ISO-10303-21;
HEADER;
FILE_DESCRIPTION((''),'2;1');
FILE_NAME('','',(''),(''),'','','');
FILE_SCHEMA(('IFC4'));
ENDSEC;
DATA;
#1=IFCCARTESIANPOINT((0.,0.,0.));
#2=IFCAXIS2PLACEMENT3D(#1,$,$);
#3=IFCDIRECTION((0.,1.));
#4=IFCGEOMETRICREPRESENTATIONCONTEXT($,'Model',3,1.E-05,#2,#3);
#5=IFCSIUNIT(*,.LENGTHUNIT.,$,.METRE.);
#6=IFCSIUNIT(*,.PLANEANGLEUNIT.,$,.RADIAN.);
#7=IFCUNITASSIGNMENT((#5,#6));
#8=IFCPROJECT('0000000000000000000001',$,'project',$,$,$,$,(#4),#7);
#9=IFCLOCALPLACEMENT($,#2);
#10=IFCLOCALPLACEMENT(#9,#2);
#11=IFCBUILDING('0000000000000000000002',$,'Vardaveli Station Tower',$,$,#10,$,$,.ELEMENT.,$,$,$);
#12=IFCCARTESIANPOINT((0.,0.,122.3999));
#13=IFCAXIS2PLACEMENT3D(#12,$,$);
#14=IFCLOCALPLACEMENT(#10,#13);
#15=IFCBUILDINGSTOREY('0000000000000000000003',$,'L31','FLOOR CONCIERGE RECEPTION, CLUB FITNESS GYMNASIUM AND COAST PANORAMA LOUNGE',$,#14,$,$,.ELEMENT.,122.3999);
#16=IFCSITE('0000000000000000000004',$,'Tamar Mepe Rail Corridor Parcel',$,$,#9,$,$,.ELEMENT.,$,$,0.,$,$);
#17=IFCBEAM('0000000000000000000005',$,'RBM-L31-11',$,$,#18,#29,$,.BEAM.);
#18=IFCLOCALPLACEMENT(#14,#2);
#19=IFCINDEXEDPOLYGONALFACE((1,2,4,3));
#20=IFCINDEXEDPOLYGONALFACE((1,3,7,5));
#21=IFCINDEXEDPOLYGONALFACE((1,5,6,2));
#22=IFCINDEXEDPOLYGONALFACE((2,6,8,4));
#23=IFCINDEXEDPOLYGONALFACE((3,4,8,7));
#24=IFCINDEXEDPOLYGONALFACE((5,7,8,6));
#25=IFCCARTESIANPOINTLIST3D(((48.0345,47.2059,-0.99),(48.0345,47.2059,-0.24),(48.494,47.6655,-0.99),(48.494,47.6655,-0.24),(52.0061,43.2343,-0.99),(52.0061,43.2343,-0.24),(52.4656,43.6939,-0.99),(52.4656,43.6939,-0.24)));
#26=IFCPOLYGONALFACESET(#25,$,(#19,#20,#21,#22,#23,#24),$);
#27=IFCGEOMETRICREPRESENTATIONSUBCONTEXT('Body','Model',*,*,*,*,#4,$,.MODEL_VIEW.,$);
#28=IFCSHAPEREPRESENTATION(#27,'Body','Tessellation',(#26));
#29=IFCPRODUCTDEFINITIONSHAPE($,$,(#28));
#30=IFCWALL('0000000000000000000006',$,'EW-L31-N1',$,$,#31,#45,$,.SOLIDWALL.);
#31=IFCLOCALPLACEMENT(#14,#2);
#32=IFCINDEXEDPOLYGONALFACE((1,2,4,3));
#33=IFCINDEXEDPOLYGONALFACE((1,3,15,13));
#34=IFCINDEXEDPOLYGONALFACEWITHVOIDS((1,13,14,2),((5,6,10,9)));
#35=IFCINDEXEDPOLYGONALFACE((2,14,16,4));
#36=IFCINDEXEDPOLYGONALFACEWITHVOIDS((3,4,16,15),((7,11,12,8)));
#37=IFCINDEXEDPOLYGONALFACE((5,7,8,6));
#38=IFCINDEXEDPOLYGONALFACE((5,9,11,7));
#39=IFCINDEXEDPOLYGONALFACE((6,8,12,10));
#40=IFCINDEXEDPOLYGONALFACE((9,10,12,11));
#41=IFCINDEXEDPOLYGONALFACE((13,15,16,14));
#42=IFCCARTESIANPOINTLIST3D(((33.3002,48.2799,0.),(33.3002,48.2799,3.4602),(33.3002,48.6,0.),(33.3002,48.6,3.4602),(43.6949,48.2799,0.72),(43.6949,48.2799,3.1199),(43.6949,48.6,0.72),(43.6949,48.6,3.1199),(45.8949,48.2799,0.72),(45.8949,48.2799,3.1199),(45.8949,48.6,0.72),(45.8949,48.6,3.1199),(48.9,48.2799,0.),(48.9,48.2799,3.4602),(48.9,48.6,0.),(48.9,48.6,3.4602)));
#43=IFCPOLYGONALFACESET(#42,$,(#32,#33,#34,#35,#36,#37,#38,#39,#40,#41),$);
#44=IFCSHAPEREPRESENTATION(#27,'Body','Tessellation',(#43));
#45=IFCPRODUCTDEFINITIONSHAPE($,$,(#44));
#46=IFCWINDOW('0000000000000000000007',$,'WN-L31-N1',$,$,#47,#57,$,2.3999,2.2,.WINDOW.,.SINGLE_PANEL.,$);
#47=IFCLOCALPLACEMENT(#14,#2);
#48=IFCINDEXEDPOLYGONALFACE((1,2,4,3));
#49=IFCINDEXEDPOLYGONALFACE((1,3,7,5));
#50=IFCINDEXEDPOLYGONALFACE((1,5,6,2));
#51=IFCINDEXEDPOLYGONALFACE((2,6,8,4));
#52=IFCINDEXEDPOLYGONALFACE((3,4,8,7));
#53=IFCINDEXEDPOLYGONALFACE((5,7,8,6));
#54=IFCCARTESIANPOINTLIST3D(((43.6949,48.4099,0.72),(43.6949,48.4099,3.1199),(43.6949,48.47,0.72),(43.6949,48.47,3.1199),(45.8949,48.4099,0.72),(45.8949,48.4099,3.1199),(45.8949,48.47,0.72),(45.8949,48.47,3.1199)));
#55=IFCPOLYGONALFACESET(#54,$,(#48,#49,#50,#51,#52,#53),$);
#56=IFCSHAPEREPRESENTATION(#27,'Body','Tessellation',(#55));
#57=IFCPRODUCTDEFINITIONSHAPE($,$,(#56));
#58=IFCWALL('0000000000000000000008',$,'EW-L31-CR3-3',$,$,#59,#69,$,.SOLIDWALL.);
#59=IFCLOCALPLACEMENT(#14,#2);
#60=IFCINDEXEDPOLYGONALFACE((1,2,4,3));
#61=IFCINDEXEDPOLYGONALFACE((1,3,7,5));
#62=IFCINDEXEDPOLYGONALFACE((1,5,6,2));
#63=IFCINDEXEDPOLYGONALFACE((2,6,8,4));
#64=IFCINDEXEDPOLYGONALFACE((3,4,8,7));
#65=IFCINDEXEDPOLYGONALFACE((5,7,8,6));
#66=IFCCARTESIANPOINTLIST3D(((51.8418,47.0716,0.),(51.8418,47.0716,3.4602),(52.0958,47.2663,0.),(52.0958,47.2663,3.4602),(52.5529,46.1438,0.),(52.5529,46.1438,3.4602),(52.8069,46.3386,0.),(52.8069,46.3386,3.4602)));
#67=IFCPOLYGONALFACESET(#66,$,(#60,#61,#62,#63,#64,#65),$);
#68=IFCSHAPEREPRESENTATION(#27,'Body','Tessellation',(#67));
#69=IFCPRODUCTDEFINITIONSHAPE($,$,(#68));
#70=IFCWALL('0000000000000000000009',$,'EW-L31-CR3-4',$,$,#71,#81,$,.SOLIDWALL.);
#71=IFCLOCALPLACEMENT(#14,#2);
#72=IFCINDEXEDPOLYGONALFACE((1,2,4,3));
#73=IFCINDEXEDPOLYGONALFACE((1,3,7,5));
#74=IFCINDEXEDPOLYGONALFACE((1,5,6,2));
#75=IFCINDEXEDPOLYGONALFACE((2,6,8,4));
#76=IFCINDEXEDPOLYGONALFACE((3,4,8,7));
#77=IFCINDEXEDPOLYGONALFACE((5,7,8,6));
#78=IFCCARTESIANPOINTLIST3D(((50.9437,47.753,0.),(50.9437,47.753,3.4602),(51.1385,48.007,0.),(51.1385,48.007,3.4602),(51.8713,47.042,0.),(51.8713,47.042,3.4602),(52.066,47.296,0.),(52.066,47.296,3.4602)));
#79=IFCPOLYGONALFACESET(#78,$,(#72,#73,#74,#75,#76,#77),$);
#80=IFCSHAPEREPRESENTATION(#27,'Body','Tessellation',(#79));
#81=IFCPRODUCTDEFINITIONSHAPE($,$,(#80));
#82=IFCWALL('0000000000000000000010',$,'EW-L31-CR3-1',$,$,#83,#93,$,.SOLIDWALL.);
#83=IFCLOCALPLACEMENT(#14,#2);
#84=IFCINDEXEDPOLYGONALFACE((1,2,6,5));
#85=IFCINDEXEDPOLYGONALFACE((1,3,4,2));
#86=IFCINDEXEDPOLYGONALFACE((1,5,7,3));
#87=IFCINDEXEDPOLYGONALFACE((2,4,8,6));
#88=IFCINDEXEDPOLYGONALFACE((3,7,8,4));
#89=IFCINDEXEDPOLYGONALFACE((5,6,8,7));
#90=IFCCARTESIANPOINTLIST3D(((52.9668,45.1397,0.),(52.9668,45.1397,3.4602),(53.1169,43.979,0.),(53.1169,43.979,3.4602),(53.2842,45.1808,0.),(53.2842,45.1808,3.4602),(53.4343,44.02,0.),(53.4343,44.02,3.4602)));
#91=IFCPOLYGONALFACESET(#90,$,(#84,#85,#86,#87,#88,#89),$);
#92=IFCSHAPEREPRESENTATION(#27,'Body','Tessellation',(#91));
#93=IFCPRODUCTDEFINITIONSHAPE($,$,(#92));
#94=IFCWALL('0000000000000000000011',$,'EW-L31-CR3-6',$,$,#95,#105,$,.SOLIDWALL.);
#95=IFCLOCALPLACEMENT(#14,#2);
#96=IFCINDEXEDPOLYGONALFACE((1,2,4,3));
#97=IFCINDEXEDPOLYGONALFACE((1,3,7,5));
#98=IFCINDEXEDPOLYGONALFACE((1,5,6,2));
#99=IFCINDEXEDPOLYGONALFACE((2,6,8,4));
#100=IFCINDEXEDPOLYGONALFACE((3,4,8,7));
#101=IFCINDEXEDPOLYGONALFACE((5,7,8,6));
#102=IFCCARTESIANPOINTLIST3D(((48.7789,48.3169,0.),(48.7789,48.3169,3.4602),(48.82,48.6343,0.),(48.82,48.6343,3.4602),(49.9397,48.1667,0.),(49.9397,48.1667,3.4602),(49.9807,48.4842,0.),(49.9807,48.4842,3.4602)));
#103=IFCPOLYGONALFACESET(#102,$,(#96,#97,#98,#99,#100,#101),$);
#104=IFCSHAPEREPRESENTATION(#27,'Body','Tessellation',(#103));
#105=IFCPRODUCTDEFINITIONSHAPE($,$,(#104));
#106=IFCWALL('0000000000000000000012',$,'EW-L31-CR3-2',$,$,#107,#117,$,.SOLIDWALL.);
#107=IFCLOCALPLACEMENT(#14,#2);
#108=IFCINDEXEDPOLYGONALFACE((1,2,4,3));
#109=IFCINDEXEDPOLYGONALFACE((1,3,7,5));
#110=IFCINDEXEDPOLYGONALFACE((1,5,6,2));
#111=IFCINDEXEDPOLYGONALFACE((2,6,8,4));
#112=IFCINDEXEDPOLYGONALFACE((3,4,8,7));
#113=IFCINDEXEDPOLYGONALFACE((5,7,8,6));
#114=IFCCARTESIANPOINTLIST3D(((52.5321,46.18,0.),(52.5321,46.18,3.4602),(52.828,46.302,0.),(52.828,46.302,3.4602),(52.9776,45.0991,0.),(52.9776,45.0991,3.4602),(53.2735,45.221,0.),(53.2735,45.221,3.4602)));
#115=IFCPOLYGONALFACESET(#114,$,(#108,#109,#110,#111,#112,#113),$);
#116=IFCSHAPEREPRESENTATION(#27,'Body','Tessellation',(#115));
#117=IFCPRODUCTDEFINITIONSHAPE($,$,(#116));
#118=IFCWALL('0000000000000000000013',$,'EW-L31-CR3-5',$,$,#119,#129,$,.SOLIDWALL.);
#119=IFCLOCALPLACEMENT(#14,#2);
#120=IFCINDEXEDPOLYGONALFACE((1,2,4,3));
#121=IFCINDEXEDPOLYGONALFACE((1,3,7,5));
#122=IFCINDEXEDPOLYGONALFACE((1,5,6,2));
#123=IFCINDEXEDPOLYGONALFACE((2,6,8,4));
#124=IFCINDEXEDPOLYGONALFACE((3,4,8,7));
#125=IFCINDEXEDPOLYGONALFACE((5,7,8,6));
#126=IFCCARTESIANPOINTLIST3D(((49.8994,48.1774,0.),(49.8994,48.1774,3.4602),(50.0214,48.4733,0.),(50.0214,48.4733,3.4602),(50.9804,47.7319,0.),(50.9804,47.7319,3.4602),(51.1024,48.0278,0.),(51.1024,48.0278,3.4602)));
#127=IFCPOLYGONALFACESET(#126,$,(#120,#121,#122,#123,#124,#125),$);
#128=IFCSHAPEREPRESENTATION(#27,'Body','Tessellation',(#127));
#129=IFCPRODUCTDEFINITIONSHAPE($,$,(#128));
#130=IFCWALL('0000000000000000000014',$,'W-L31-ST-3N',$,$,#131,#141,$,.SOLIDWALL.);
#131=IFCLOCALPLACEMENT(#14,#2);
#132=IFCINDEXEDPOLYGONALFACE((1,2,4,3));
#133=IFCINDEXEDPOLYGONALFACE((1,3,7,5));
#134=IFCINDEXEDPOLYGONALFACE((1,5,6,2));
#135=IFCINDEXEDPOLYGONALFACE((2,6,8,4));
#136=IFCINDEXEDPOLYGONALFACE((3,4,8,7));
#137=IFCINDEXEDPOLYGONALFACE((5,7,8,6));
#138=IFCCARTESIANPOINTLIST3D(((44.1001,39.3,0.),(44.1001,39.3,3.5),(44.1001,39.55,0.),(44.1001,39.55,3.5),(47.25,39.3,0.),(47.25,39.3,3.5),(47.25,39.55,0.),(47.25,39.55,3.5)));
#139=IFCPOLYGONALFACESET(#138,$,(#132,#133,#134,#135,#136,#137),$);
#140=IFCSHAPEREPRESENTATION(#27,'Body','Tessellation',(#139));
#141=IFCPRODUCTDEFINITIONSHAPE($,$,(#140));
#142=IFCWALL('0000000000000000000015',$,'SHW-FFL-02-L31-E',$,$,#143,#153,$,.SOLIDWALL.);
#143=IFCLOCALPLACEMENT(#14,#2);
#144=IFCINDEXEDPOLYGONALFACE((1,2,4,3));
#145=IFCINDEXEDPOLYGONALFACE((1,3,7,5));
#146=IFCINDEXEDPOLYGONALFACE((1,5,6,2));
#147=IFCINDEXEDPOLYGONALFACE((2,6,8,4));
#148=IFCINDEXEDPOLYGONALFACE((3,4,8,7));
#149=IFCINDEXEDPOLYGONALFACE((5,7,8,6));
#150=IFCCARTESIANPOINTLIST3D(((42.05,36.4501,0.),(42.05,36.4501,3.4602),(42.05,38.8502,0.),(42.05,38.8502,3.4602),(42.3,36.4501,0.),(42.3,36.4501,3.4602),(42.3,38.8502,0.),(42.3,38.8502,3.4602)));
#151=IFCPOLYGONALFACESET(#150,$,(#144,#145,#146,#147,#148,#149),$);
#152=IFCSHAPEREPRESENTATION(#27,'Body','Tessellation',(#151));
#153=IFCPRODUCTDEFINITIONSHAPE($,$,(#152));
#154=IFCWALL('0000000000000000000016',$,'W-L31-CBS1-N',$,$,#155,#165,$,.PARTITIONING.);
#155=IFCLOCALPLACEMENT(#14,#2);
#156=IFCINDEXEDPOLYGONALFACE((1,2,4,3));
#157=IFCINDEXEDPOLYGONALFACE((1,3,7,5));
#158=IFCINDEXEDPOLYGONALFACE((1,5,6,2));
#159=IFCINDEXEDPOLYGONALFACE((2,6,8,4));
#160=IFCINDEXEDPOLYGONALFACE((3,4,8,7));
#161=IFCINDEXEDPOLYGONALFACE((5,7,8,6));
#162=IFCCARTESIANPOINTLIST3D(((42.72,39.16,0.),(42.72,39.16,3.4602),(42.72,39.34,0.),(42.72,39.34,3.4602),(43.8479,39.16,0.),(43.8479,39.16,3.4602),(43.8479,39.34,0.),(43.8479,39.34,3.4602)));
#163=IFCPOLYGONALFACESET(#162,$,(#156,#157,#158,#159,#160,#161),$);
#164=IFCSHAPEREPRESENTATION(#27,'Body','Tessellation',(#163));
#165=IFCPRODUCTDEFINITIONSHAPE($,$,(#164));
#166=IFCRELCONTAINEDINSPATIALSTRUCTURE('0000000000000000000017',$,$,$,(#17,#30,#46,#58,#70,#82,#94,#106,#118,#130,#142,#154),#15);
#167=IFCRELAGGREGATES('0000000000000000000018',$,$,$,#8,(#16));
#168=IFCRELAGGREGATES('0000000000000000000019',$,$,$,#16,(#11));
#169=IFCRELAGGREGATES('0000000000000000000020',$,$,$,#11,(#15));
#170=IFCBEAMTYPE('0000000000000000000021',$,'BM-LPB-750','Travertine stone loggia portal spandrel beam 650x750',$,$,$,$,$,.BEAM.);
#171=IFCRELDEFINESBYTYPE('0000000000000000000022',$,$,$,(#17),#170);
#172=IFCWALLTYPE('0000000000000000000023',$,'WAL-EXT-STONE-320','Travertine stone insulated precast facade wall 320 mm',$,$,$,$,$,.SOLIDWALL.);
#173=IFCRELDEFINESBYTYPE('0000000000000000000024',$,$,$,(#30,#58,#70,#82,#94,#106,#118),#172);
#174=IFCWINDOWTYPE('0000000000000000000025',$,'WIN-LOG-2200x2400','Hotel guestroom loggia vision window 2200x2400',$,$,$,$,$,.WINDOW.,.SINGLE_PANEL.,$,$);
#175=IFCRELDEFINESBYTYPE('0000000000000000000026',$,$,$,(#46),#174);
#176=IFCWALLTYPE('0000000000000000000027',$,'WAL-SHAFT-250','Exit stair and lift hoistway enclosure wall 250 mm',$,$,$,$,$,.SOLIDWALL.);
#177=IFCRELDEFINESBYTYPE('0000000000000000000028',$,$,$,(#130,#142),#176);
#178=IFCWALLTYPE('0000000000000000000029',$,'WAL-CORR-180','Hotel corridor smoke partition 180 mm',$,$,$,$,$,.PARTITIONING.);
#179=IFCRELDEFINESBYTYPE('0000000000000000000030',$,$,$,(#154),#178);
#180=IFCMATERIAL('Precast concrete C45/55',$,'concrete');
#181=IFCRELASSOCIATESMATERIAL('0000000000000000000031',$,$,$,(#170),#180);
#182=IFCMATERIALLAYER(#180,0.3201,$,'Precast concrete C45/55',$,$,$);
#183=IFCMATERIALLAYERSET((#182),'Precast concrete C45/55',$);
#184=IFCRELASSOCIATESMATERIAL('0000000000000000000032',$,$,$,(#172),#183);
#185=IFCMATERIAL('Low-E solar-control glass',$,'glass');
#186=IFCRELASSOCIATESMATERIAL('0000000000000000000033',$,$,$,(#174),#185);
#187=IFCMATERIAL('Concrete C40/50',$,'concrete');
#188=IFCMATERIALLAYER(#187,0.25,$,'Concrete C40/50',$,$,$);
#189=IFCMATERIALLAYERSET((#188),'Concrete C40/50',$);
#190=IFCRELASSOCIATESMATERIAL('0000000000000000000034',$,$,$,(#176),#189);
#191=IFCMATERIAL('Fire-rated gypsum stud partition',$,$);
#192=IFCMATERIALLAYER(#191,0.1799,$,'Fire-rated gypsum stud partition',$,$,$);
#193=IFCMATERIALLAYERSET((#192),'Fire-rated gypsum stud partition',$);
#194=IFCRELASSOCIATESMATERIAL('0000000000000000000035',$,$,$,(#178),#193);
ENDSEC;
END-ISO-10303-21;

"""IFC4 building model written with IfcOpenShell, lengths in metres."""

from ifc_helpers import new_model, si_unit, direction, frame, frame_2d, origin, origin_2d, place, context, subcontext, project, spatial, rectangle, extrude, source, transform, mapped, material, layer, layer_set, material_profile, profile_set, type_object, element, fill, save


model = new_model("IFC4")

# Units and contexts
model_context = context("Model", 3, precision=1e-05, world=origin(), true_north=direction((0.0, 1.0)))
body_context = subcontext(model_context, "Body", "Model", "MODEL_VIEW")
ifc_project = project(units=[si_unit("LENGTHUNIT", "METRE"), si_unit("PLANEANGLEUNIT", "RADIAN")], contexts=[model_context])

# Site, building, storey
site_placement = place(None, origin())
site = spatial("IfcSite", under=ifc_project, at=site_placement, Name="Tamar Mepe Rail Corridor Parcel", CompositionType="ELEMENT", RefElevation=0.0)
building_placement = place(site_placement, origin())
building = spatial("IfcBuilding", under=site, at=building_placement, Name="Vardaveli Station Tower", CompositionType="ELEMENT")
storey_placement = place(building_placement, frame((0.0, 0.0, 122.3999)))
storey = spatial("IfcBuildingStorey", under=building, at=storey_placement, Name="L31", Description="FLOOR CONCIERGE RECEPTION, CLUB FITNESS GYMNASIUM AND COAST PANORAMA LOUNGE", CompositionType="ELEMENT", Elevation=122.3999)

# Beam
ifc_material_1 = material(Name="Precast concrete C45/55", Category="concrete")
ifc_material_profile_1 = material_profile(ifc_material_1, rectangle(XDim=0.6499, YDim=0.75, at=origin_2d()), Name="LPB 650x750")
ifc_profile_set_1 = profile_set([ifc_material_profile_1], Name="Precast concrete C45/55")
beam_type = type_object("IfcBeamType", Name="BM-LPB-750", Description="Travertine stone loggia portal spandrel beam 650x750", PredefinedType="BEAM", material=ifc_profile_set_1)
shared_shape_1 = source(origin(), body_context, "Body", "SweptSolid", [
    extrude(rectangle(XDim=0.6499, YDim=0.75, at=origin_2d()), origin(), (0.0, 0.0, 1.0), 5.6167),
])
beam_placement = place(storey_placement, frame((52.2358, 43.4641, -0.615), z_axis=(-0.707107, 0.707107, 0.0), x_axis=(-0.707107, -0.707107, 0.0)))
element("IfcBeam", 1, at=beam_placement, inside=storey, type_object=beam_type, Name="RBM-L31-11", PredefinedType="BEAM", context=body_context, shape_type="MappedRepresentation", body=[
    mapped(shared_shape_1, transform((0.0, 0.0, 0.0), scale=1.0)),
])

# Wall, opening, window
ifc_layer_1 = layer(ifc_material_1, 0.3201, Name="Precast concrete C45/55")
ifc_layer_set_1 = layer_set([ifc_layer_1], Name="Precast concrete C45/55")
wall_type_1 = type_object("IfcWallType", Name="WAL-EXT-STONE-320", Description="Travertine stone insulated precast facade wall 320 mm", PredefinedType="SOLIDWALL", material=ifc_layer_set_1)
shared_shape_2 = source(origin(), body_context, "Body", "SweptSolid", [
    extrude(rectangle(XDim=15.5999, YDim=0.3201, at=frame_2d((7.7998, 0.0))), origin(), (0.0, 0.0, 1.0), 3.4602),
])
wall_1_placement = place(storey_placement, frame((48.8999, 48.4399, 0.0), z_axis=(0.0, 0.0, 1.0), x_axis=(-1.0, 0.0, 0.0)))
wall_1 = element("IfcWall", 2, at=wall_1_placement, inside=storey, type_object=wall_type_1, Name="EW-L31-N1", PredefinedType="SOLIDWALL", context=body_context, shape_type="MappedRepresentation", body=[
    mapped(shared_shape_2, transform((0.0, 0.0, 0.0), scale=1.0)),
])
shared_shape_3 = source(origin(), body_context, "Body", "SweptSolid", [
    extrude(rectangle(XDim=2.2, YDim=2.3999, at=frame_2d((1.1001, 1.2))), frame((0.0, 0.1699, 0.0), z_axis=(0.0, -1.0, 0.0), x_axis=(1.0, 0.0, 0.0)), (0.0, 0.0, 1.0), 0.3401),
])
opening_placement = place(wall_1_placement, frame((3.0049, 0.0, 0.72)))
opening = element("IfcOpeningElement", 3, at=opening_placement, cuts=wall_1, PredefinedType="OPENING", context=body_context, shape_type="MappedRepresentation", body=[
    mapped(shared_shape_3, transform((0.0, 0.0, 0.0), scale=1.0)),
])
ifc_material_2 = material(Name="Low-E solar-control glass", Category="glass")
window_type = type_object("IfcWindowType", Name="WIN-LOG-2200x2400", Description="Hotel guestroom loggia vision window 2200x2400", PartitioningType="SINGLE_PANEL", PredefinedType="WINDOW", material=ifc_material_2)
shared_shape_4 = source(origin(), body_context, "Body", "SweptSolid", [
    extrude(rectangle(XDim=2.2, YDim=2.3999, at=frame_2d((1.1001, 1.2))), frame((0.0, 0.03, 0.0), z_axis=(0.0, -1.0, 0.0), x_axis=(1.0, 0.0, 0.0)), (0.0, 0.0, 1.0), 0.0601),
])
window_placement = place(opening_placement, origin())
window = element("IfcWindow", 4, at=window_placement, inside=storey, type_object=window_type, Name="WN-L31-N1", OverallHeight=2.3999, OverallWidth=2.2, PartitioningType="SINGLE_PANEL", PredefinedType="WINDOW", context=body_context, shape_type="MappedRepresentation", body=[
    mapped(shared_shape_4, transform((0.0, 0.0, 0.0), scale=1.0)),
])
fill(opening, window)

# Walls
shared_shape_5 = source(origin(), body_context, "Body", "SweptSolid", [
    extrude(rectangle(XDim=1.1689, YDim=0.3201, at=frame_2d((0.5845, 0.0))), origin(), (0.0, 0.0, 1.0), 3.4602),
])
wall_2_placement = place(storey_placement, frame((52.6799, 46.2412, 0.0), z_axis=(0.0, 0.0, 1.0), x_axis=(-0.608388, 0.79364, 0.0)))
element("IfcWall", 5, at=wall_2_placement, inside=storey, type_object=wall_type_1, Name="EW-L31-CR3-3", PredefinedType="SOLIDWALL", context=body_context, shape_type="MappedRepresentation", body=[
    mapped(shared_shape_5, transform((0.0, 0.0, 0.0), scale=1.0)),
])
shared_shape_6 = source(origin(), body_context, "Body", "SweptSolid", [
    extrude(rectangle(XDim=1.1687, YDim=0.3201, at=frame_2d((0.5845, 0.0))), origin(), (0.0, 0.0, 1.0), 3.4602),
])
wall_3_placement = place(storey_placement, frame((51.9688, 47.1689, 0.0), z_axis=(0.0, 0.0, 1.0), x_axis=(-0.793664, 0.608357, 0.0)))
element("IfcWall", 6, at=wall_3_placement, inside=storey, type_object=wall_type_1, Name="EW-L31-CR3-4", PredefinedType="SOLIDWALL", context=body_context, shape_type="MappedRepresentation", body=[
    mapped(shared_shape_6, transform((0.0, 0.0, 0.0), scale=1.0)),
])
shared_shape_7 = source(origin(), body_context, "Body", "SweptSolid", [
    extrude(rectangle(XDim=1.1704, YDim=0.3201, at=frame_2d((0.5852, 0.0))), origin(), (0.0, 0.0, 1.0), 3.4602),
])
for number, where, z_axis, x_axis, name in (
    (7, (53.2756, 43.9995, 0.0), (0.0, 0.0, 1.0), (-0.128296, 0.991736, 0.0), "EW-L31-CR3-1"),
    (8, (49.9602, 48.3254, 0.0), (0.0, 0.0, 1.0), (-0.991736, 0.128296, 0.0), "EW-L31-CR3-6"),
):
    element("IfcWall", number, at=place(storey_placement, frame(where, z_axis=z_axis, x_axis=x_axis)), inside=storey, type_object=wall_type_1, Name=name, PredefinedType="SOLIDWALL", context=body_context, shape_type="MappedRepresentation", body=[
        mapped(shared_shape_7, transform((0.0, 0.0, 0.0), scale=1.0)),
    ])
shared_shape_8 = source(origin(), body_context, "Body", "SweptSolid", [
    extrude(rectangle(XDim=1.1692, YDim=0.3201, at=frame_2d((0.5845, 0.0))), origin(), (0.0, 0.0, 1.0), 3.4602),
])
for number, where, z_axis, x_axis, name in (
    (9, (53.1255, 45.1602, 0.0), (0.0, 0.0, 1.0), (-0.381054, 0.924553, 0.0), "EW-L31-CR3-2"),
    (10, (51.0413, 47.8799, 0.0), (0.0, 0.0, 1.0), (-0.924553, 0.381054, 0.0), "EW-L31-CR3-5"),
):
    element("IfcWall", number, at=place(storey_placement, frame(where, z_axis=z_axis, x_axis=x_axis)), inside=storey, type_object=wall_type_1, Name=name, PredefinedType="SOLIDWALL", context=body_context, shape_type="MappedRepresentation", body=[
        mapped(shared_shape_8, transform((0.0, 0.0, 0.0), scale=1.0)),
    ])
ifc_material_3 = material(Name="Concrete C40/50", Category="concrete")
ifc_layer_2 = layer(ifc_material_3, 0.25, Name="Concrete C40/50")
ifc_layer_set_2 = layer_set([ifc_layer_2], Name="Concrete C40/50")
wall_type_2 = type_object("IfcWallType", Name="WAL-SHAFT-250", Description="Exit stair and lift hoistway enclosure wall 250 mm", PredefinedType="SOLIDWALL", material=ifc_layer_set_2)
shared_shape_9 = source(origin(), body_context, "Body", "SweptSolid", [
    extrude(rectangle(XDim=3.1499, YDim=0.25, at=frame_2d((1.575, 0.0))), origin(), (0.0, 0.0, 1.0), 3.5),
])
wall_4_placement = place(storey_placement, frame((44.1001, 39.425, 0.0), z_axis=(0.0, 0.0, 1.0), x_axis=(1.0, 0.0, 0.0)))
element("IfcWall", 11, at=wall_4_placement, inside=storey, type_object=wall_type_2, Name="W-L31-ST-3N", PredefinedType="SOLIDWALL", context=body_context, shape_type="MappedRepresentation", body=[
    mapped(shared_shape_9, transform((0.0, 0.0, 0.0), scale=1.0)),
])
shared_shape_10 = source(origin(), body_context, "Body", "SweptSolid", [
    extrude(rectangle(XDim=2.4001, YDim=0.25, at=frame_2d((1.2002, 0.0))), origin(), (0.0, 0.0, 1.0), 3.4602),
])
wall_5_placement = place(storey_placement, frame((42.175, 36.45, 0.0), z_axis=(0.0, 0.0, 1.0), x_axis=(0.0, 1.0, 0.0)))
element("IfcWall", 12, at=wall_5_placement, inside=storey, type_object=wall_type_2, Name="SHW-FFL-02-L31-E", PredefinedType="SOLIDWALL", context=body_context, shape_type="MappedRepresentation", body=[
    mapped(shared_shape_10, transform((0.0, 0.0, 0.0), scale=1.0)),
])
ifc_material_4 = material(Name="Fire-rated gypsum stud partition")
ifc_layer_3 = layer(ifc_material_4, 0.1799, Name="Fire-rated gypsum stud partition")
ifc_layer_set_3 = layer_set([ifc_layer_3], Name="Fire-rated gypsum stud partition")
wall_type_3 = type_object("IfcWallType", Name="WAL-CORR-180", Description="Hotel corridor smoke partition 180 mm", PredefinedType="PARTITIONING", material=ifc_layer_set_3)
shared_shape_11 = source(origin(), body_context, "Body", "SweptSolid", [
    extrude(rectangle(XDim=1.1279, YDim=0.1799, at=frame_2d((0.564, 0.0))), origin(), (0.0, 0.0, 1.0), 3.4602),
])
wall_6_placement = place(storey_placement, frame((42.72, 39.25, 0.0), z_axis=(0.0, 0.0, 1.0), x_axis=(1.0, 0.0, 0.0)))
element("IfcWall", 13, at=wall_6_placement, inside=storey, type_object=wall_type_3, Name="W-L31-CBS1-N", PredefinedType="PARTITIONING", context=body_context, shape_type="MappedRepresentation", body=[
    mapped(shared_shape_11, transform((0.0, 0.0, 0.0), scale=1.0)),
])

save(model, "model.ifc")
